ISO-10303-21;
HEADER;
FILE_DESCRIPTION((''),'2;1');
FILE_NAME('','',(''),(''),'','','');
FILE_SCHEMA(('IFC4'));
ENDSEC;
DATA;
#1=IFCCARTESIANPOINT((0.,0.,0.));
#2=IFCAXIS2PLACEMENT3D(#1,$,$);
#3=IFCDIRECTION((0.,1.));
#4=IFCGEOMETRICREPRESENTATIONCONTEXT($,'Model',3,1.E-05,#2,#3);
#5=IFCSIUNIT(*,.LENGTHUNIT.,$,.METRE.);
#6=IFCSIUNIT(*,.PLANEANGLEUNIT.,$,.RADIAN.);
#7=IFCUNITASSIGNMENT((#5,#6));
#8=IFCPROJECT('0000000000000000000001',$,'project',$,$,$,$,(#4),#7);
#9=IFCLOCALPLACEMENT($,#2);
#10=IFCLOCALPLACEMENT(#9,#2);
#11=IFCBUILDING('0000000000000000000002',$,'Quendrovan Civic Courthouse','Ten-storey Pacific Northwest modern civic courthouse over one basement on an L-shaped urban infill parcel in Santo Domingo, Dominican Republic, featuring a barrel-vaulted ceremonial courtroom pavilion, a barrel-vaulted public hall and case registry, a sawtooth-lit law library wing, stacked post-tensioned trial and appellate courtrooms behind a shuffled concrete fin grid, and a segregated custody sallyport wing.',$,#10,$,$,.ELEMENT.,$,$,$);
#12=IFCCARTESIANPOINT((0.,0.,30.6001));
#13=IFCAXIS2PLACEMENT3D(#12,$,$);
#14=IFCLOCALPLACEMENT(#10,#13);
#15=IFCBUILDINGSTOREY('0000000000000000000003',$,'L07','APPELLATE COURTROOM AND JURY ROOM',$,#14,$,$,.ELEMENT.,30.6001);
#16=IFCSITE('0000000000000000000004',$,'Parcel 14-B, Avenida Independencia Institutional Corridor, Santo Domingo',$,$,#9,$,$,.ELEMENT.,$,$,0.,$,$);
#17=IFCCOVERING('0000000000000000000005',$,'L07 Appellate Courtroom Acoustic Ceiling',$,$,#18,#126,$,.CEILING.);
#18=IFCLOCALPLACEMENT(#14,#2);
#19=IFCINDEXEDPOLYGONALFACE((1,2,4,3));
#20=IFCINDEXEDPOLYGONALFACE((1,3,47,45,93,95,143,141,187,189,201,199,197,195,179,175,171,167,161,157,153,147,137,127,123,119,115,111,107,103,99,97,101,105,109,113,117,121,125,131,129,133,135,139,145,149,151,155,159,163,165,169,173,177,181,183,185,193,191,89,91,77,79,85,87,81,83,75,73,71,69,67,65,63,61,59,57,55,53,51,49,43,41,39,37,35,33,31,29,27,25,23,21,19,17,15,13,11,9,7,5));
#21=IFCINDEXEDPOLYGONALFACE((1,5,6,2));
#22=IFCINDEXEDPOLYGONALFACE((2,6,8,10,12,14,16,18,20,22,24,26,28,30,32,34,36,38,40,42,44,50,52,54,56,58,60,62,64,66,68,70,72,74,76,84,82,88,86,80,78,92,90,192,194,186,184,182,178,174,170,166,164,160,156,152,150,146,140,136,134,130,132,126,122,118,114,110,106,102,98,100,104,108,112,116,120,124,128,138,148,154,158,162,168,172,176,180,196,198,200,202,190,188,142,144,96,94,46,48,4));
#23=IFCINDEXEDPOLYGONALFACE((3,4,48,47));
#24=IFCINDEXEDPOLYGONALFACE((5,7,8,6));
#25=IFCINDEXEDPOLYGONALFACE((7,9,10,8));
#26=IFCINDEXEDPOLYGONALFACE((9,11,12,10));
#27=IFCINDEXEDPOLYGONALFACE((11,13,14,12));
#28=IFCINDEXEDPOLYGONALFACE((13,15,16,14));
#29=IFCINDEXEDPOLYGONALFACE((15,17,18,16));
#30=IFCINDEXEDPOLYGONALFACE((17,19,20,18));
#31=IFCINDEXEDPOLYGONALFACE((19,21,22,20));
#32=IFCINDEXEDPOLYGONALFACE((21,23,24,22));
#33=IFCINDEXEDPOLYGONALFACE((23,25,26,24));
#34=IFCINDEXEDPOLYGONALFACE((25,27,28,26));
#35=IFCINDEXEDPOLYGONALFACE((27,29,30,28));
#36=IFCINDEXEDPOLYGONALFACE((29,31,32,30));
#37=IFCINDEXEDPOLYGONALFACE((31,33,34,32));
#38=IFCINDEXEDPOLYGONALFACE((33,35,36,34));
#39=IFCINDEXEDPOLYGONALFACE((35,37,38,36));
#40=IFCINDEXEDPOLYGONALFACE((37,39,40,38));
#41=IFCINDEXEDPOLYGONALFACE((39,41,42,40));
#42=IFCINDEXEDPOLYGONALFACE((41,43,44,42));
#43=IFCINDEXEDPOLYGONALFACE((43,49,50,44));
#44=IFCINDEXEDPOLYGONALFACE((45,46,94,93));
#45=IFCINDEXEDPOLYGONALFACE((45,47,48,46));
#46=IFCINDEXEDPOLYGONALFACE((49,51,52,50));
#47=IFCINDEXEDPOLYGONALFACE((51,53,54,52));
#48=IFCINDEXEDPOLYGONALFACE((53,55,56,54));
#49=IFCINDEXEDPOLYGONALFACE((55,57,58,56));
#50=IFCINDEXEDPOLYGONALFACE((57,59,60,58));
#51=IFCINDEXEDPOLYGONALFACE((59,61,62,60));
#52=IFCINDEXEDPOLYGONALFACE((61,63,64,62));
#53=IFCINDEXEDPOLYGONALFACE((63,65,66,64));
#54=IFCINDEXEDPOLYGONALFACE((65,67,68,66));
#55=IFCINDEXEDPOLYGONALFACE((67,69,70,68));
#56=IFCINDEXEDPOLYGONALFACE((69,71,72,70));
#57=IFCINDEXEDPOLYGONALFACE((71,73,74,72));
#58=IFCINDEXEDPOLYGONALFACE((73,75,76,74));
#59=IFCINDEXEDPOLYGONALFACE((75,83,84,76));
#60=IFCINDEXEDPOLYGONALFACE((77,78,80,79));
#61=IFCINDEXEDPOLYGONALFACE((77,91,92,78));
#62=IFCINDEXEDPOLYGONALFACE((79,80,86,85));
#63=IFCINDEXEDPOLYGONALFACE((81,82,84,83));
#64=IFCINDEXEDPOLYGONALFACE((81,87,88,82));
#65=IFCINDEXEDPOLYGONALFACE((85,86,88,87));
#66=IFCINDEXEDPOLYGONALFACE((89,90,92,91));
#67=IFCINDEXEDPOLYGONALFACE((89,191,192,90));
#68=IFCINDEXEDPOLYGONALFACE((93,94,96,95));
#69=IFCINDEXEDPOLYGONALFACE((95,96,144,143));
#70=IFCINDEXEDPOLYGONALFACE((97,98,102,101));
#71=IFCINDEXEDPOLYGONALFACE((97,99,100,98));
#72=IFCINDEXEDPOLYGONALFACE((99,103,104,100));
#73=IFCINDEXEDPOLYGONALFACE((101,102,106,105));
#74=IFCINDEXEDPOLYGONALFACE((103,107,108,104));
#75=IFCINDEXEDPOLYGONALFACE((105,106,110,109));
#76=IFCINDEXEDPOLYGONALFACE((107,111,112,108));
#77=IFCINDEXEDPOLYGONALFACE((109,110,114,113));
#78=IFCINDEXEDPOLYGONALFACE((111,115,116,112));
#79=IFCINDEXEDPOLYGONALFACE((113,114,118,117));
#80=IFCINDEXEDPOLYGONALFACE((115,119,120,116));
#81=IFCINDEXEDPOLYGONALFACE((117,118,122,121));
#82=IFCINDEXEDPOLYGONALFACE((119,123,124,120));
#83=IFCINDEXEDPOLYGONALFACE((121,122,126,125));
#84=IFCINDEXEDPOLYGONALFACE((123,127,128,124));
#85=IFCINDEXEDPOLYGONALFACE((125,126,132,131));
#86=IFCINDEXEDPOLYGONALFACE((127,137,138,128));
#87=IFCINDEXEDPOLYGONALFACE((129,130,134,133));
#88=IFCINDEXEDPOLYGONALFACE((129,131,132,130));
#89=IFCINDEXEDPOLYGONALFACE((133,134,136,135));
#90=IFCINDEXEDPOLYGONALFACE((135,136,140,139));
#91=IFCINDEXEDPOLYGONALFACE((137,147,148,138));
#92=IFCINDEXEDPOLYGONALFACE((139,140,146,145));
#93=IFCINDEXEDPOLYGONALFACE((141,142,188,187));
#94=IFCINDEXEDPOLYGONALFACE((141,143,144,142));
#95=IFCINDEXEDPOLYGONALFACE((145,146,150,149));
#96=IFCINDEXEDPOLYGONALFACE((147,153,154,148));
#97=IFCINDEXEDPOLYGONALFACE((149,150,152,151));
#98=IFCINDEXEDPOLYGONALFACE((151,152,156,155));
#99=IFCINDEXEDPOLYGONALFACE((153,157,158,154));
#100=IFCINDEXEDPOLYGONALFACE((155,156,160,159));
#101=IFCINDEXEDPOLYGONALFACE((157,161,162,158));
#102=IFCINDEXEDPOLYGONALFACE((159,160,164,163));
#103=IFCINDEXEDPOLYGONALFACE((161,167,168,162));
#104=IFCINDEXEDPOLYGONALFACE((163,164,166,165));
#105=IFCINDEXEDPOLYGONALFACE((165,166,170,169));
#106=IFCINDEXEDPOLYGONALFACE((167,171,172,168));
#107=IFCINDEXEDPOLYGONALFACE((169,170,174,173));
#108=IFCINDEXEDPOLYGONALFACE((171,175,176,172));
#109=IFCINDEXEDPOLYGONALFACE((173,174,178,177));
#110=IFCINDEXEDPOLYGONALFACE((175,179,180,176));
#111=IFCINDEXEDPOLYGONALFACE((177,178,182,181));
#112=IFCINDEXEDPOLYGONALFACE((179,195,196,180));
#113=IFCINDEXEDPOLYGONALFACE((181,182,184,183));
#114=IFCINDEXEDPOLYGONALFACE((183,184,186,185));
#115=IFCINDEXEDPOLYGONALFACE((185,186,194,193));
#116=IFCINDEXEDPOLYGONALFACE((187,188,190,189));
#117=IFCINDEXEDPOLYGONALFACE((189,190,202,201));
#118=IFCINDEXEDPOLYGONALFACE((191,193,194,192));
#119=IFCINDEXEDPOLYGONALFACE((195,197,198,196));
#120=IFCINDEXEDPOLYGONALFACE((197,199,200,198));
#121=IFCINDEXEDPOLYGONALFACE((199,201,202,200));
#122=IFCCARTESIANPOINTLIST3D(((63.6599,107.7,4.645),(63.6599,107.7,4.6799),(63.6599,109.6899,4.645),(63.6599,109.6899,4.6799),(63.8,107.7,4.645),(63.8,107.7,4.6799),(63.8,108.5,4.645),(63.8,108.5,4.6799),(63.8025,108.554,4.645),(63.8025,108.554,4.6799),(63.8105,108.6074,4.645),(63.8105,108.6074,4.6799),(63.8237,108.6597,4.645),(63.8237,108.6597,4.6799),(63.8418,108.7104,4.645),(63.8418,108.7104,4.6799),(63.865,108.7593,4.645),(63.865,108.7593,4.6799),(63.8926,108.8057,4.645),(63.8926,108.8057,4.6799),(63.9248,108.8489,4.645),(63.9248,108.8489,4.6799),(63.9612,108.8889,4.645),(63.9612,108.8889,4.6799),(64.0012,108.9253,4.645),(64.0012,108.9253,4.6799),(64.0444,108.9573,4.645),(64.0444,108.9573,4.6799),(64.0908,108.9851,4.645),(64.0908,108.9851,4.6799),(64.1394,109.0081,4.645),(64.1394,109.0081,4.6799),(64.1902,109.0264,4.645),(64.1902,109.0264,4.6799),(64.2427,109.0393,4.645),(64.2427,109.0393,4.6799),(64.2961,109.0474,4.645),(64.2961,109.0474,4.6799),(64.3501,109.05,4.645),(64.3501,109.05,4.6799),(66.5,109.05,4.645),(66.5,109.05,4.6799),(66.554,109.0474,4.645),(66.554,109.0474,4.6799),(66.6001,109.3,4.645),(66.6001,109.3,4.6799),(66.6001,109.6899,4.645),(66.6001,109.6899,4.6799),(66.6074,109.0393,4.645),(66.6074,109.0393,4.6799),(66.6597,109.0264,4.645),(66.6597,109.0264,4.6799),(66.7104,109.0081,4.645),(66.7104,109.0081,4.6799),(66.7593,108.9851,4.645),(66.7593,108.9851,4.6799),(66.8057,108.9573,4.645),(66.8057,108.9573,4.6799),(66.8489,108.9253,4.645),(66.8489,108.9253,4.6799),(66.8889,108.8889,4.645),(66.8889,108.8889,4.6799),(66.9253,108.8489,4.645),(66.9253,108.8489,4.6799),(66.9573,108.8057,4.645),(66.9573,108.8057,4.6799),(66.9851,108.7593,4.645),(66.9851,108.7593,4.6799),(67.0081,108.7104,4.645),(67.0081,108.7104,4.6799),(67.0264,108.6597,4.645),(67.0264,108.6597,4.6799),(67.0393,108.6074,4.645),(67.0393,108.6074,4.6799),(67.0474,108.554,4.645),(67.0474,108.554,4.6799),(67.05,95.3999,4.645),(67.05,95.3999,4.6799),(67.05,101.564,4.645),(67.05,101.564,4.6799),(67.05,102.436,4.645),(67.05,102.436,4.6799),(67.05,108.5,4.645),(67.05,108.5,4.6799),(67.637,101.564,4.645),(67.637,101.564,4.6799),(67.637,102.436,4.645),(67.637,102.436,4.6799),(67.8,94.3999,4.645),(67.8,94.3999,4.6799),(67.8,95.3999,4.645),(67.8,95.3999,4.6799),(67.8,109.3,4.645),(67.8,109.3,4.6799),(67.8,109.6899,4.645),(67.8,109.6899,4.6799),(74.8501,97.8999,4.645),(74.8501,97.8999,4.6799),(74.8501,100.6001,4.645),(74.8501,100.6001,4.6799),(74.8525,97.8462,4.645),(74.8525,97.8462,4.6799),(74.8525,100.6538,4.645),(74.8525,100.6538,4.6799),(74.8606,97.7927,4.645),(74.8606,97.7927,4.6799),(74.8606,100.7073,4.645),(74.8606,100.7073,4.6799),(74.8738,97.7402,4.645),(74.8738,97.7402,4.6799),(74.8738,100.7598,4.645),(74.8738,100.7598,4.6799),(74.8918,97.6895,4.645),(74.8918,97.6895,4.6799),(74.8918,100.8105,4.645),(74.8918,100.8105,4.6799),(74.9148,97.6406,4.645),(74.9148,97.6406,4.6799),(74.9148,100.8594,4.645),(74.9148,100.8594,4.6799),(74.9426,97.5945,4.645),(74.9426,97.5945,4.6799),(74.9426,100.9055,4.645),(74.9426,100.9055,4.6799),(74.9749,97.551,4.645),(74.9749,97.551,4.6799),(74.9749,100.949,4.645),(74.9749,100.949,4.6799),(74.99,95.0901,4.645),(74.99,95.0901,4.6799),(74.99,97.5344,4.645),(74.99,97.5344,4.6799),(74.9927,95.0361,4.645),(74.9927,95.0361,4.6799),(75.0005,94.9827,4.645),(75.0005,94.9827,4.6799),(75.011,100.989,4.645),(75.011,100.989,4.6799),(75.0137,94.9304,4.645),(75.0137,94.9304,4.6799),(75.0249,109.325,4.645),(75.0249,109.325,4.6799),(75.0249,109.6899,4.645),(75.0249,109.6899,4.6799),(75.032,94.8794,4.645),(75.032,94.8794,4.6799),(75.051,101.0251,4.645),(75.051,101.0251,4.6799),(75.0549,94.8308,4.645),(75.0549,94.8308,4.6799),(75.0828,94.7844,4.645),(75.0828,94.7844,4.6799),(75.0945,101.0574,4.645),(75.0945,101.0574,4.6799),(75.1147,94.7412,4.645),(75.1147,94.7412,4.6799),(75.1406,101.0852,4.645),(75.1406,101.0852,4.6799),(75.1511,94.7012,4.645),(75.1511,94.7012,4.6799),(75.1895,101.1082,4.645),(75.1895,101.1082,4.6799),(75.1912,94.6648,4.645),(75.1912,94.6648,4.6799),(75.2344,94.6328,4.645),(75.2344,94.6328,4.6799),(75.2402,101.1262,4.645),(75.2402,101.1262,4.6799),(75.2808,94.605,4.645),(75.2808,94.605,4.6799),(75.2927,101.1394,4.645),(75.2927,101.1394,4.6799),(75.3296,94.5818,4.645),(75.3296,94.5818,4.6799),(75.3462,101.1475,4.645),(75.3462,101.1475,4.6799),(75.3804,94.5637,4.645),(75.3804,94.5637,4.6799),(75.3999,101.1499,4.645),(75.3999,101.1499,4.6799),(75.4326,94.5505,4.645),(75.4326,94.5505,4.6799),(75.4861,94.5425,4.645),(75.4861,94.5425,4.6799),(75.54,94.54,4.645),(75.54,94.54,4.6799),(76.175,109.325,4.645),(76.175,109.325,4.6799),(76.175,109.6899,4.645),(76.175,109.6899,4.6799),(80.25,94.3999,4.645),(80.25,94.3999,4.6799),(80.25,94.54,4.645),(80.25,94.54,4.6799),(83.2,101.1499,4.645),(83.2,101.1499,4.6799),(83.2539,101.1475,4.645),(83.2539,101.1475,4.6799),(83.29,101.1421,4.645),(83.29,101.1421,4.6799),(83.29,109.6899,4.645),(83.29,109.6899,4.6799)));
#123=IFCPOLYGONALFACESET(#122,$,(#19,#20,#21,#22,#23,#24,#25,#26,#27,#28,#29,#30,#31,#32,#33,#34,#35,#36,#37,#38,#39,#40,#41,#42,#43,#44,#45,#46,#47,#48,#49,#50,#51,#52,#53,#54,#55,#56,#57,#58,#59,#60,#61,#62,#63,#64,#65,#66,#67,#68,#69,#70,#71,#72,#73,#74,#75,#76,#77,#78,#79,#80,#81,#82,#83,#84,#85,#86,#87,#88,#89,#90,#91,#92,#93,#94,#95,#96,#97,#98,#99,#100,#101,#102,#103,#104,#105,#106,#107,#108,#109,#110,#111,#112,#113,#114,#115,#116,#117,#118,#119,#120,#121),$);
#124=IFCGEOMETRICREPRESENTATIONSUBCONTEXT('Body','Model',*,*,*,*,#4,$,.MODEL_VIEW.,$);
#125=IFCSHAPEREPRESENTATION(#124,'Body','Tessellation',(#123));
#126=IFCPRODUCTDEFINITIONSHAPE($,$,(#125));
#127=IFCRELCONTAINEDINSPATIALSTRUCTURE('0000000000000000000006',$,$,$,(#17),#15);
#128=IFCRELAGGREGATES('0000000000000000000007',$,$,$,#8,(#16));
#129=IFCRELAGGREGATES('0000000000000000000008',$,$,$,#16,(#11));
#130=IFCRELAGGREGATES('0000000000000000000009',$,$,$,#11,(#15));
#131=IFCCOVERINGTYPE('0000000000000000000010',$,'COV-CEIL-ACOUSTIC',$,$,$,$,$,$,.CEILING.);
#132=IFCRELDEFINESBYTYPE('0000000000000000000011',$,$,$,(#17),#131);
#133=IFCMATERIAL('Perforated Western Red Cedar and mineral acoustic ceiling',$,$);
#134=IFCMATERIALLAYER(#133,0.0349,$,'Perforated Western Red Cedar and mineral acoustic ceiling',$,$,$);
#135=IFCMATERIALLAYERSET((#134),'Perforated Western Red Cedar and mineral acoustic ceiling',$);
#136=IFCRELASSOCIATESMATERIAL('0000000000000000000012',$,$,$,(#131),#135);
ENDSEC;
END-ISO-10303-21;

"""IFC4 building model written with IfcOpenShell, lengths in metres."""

from ifc_helpers import new_model, si_unit, direction, frame, origin, place, context, subcontext, project, spatial, polyline, outline, extrude, material, layer, layer_set, type_object, element, save


model = new_model("IFC4")

# Units and contexts
model_context = context("Model", 3, precision=1e-05, world=origin(), true_north=direction((0.0, 1.0)))
body_context = subcontext(model_context, "Body", "Model", "MODEL_VIEW")
ifc_project = project(units=[si_unit("LENGTHUNIT", "METRE"), si_unit("PLANEANGLEUNIT", "RADIAN")], contexts=[model_context])

# Site, building, storey
site_placement = place(None, origin())
site = spatial("IfcSite", under=ifc_project, at=site_placement, Name="Parcel 14-B, Avenida Independencia Institutional Corridor, Santo Domingo", CompositionType="ELEMENT", RefElevation=0.0)
building_placement = place(site_placement, origin())
building = spatial("IfcBuilding", under=site, at=building_placement, Name="Quendrovan Civic Courthouse", Description="Ten-storey Pacific Northwest modern civic courthouse over one basement on an L-shaped urban infill parcel in Santo Domingo, Dominican Republic, featuring a barrel-vaulted ceremonial courtroom pavilion, a barrel-vaulted public hall and case registry, a sawtooth-lit law library wing, stacked post-tensioned trial and appellate courtrooms behind a shuffled concrete fin grid, and a segregated custody sallyport wing.", CompositionType="ELEMENT")
storey_placement = place(building_placement, frame((0.0, 0.0, 30.6001)))
storey = spatial("IfcBuildingStorey", under=building, at=storey_placement, Name="L07", Description="APPELLATE COURTROOM AND JURY ROOM", CompositionType="ELEMENT", Elevation=30.6001)

# Covering
ifc_material_1 = material(Name="Perforated Western Red Cedar and mineral acoustic ceiling")
ifc_layer_1 = layer(ifc_material_1, 0.0349, Name="Perforated Western Red Cedar and mineral acoustic ceiling")
ifc_layer_set_1 = layer_set([ifc_layer_1], Name="Perforated Western Red Cedar and mineral acoustic ceiling")
covering_type_1 = type_object("IfcCoveringType", Name="COV-CEIL-ACOUSTIC", PredefinedType="CEILING", material=ifc_layer_set_1)
covering_1_placement = place(storey_placement, frame((0.0, 0.0, 4.645)))
element("IfcCovering", 1, at=covering_1_placement, inside=storey, type_object=covering_type_1, Name="L07 Appellate Courtroom Acoustic Ceiling", PredefinedType="CEILING", context=body_context, shape_type="SweptSolid", body=[
    extrude(outline(polyline([(67.8, 94.3999), (67.8, 95.3999), (67.05, 95.3999), (67.05, 101.564), (67.637, 101.564), (67.637, 102.436), (67.05, 102.436), (67.05, 108.5), (67.0474, 108.554), (67.0393, 108.6074), (67.0264, 108.6597), (67.0081, 108.7104), (66.9851, 108.7593), (66.9573, 108.8057), (66.9253, 108.8489), (66.8889, 108.8889), (66.8489, 108.9253), (66.8057, 108.9573), (66.7593, 108.9851), (66.7104, 109.0081), (66.6597, 109.0264), (66.6074, 109.0393), (66.554, 109.0474), (66.5, 109.05), (64.3501, 109.05), (64.2961, 109.0474), (64.2427, 109.0393), (64.1902, 109.0264), (64.1394, 109.0081), (64.0908, 108.9851), (64.0444, 108.9573), (64.0012, 108.9253), (63.9612, 108.8889), (63.9248, 108.8489), (63.8926, 108.8057), (63.865, 108.7593), (63.8418, 108.7104), (63.8237, 108.6597), (63.8105, 108.6074), (63.8025, 108.554), (63.8, 108.5), (63.8, 107.7), (63.6599, 107.7), (63.6599, 109.6899), (66.6001, 109.6899), (66.6001, 109.3), (67.8, 109.3), (67.8, 109.6899), (75.0249, 109.6899), (75.0249, 109.325), (76.175, 109.325), (76.175, 109.6899), (83.29, 109.6899), (83.29, 101.1421), (83.2539, 101.1475), (83.2, 101.1499), (75.3999, 101.1499), (75.3462, 101.1475), (75.2927, 101.1394), (75.2402, 101.1262), (75.1895, 101.1082), (75.1406, 101.0852), (75.0945, 101.0574), (75.051, 101.0251), (75.011, 100.989), (74.9749, 100.949), (74.9426, 100.9055), (74.9148, 100.8594), (74.8918, 100.8105), (74.8738, 100.7598), (74.8606, 100.7073), (74.8525, 100.6538), (74.8501, 100.6001), (74.8501, 97.8999), (74.8525, 97.8462), (74.8606, 97.7927), (74.8738, 97.7402), (74.8918, 97.6895), (74.9148, 97.6406), (74.9426, 97.5945), (74.9749, 97.551), (74.99, 97.5344), (74.99, 95.0901), (74.9927, 95.0361), (75.0005, 94.9827), (75.0137, 94.9304), (75.032, 94.8794), (75.0549, 94.8308), (75.0828, 94.7844), (75.1147, 94.7412), (75.1511, 94.7012), (75.1912, 94.6648), (75.2344, 94.6328), (75.2808, 94.605), (75.3296, 94.5818), (75.3804, 94.5637), (75.4326, 94.5505), (75.4861, 94.5425), (75.54, 94.54), (80.25, 94.54), (80.25, 94.3999), (67.8, 94.3999)])), origin(), (0.0, 0.0, 1.0), 0.0349),
])

save(model, "model.ifc")
